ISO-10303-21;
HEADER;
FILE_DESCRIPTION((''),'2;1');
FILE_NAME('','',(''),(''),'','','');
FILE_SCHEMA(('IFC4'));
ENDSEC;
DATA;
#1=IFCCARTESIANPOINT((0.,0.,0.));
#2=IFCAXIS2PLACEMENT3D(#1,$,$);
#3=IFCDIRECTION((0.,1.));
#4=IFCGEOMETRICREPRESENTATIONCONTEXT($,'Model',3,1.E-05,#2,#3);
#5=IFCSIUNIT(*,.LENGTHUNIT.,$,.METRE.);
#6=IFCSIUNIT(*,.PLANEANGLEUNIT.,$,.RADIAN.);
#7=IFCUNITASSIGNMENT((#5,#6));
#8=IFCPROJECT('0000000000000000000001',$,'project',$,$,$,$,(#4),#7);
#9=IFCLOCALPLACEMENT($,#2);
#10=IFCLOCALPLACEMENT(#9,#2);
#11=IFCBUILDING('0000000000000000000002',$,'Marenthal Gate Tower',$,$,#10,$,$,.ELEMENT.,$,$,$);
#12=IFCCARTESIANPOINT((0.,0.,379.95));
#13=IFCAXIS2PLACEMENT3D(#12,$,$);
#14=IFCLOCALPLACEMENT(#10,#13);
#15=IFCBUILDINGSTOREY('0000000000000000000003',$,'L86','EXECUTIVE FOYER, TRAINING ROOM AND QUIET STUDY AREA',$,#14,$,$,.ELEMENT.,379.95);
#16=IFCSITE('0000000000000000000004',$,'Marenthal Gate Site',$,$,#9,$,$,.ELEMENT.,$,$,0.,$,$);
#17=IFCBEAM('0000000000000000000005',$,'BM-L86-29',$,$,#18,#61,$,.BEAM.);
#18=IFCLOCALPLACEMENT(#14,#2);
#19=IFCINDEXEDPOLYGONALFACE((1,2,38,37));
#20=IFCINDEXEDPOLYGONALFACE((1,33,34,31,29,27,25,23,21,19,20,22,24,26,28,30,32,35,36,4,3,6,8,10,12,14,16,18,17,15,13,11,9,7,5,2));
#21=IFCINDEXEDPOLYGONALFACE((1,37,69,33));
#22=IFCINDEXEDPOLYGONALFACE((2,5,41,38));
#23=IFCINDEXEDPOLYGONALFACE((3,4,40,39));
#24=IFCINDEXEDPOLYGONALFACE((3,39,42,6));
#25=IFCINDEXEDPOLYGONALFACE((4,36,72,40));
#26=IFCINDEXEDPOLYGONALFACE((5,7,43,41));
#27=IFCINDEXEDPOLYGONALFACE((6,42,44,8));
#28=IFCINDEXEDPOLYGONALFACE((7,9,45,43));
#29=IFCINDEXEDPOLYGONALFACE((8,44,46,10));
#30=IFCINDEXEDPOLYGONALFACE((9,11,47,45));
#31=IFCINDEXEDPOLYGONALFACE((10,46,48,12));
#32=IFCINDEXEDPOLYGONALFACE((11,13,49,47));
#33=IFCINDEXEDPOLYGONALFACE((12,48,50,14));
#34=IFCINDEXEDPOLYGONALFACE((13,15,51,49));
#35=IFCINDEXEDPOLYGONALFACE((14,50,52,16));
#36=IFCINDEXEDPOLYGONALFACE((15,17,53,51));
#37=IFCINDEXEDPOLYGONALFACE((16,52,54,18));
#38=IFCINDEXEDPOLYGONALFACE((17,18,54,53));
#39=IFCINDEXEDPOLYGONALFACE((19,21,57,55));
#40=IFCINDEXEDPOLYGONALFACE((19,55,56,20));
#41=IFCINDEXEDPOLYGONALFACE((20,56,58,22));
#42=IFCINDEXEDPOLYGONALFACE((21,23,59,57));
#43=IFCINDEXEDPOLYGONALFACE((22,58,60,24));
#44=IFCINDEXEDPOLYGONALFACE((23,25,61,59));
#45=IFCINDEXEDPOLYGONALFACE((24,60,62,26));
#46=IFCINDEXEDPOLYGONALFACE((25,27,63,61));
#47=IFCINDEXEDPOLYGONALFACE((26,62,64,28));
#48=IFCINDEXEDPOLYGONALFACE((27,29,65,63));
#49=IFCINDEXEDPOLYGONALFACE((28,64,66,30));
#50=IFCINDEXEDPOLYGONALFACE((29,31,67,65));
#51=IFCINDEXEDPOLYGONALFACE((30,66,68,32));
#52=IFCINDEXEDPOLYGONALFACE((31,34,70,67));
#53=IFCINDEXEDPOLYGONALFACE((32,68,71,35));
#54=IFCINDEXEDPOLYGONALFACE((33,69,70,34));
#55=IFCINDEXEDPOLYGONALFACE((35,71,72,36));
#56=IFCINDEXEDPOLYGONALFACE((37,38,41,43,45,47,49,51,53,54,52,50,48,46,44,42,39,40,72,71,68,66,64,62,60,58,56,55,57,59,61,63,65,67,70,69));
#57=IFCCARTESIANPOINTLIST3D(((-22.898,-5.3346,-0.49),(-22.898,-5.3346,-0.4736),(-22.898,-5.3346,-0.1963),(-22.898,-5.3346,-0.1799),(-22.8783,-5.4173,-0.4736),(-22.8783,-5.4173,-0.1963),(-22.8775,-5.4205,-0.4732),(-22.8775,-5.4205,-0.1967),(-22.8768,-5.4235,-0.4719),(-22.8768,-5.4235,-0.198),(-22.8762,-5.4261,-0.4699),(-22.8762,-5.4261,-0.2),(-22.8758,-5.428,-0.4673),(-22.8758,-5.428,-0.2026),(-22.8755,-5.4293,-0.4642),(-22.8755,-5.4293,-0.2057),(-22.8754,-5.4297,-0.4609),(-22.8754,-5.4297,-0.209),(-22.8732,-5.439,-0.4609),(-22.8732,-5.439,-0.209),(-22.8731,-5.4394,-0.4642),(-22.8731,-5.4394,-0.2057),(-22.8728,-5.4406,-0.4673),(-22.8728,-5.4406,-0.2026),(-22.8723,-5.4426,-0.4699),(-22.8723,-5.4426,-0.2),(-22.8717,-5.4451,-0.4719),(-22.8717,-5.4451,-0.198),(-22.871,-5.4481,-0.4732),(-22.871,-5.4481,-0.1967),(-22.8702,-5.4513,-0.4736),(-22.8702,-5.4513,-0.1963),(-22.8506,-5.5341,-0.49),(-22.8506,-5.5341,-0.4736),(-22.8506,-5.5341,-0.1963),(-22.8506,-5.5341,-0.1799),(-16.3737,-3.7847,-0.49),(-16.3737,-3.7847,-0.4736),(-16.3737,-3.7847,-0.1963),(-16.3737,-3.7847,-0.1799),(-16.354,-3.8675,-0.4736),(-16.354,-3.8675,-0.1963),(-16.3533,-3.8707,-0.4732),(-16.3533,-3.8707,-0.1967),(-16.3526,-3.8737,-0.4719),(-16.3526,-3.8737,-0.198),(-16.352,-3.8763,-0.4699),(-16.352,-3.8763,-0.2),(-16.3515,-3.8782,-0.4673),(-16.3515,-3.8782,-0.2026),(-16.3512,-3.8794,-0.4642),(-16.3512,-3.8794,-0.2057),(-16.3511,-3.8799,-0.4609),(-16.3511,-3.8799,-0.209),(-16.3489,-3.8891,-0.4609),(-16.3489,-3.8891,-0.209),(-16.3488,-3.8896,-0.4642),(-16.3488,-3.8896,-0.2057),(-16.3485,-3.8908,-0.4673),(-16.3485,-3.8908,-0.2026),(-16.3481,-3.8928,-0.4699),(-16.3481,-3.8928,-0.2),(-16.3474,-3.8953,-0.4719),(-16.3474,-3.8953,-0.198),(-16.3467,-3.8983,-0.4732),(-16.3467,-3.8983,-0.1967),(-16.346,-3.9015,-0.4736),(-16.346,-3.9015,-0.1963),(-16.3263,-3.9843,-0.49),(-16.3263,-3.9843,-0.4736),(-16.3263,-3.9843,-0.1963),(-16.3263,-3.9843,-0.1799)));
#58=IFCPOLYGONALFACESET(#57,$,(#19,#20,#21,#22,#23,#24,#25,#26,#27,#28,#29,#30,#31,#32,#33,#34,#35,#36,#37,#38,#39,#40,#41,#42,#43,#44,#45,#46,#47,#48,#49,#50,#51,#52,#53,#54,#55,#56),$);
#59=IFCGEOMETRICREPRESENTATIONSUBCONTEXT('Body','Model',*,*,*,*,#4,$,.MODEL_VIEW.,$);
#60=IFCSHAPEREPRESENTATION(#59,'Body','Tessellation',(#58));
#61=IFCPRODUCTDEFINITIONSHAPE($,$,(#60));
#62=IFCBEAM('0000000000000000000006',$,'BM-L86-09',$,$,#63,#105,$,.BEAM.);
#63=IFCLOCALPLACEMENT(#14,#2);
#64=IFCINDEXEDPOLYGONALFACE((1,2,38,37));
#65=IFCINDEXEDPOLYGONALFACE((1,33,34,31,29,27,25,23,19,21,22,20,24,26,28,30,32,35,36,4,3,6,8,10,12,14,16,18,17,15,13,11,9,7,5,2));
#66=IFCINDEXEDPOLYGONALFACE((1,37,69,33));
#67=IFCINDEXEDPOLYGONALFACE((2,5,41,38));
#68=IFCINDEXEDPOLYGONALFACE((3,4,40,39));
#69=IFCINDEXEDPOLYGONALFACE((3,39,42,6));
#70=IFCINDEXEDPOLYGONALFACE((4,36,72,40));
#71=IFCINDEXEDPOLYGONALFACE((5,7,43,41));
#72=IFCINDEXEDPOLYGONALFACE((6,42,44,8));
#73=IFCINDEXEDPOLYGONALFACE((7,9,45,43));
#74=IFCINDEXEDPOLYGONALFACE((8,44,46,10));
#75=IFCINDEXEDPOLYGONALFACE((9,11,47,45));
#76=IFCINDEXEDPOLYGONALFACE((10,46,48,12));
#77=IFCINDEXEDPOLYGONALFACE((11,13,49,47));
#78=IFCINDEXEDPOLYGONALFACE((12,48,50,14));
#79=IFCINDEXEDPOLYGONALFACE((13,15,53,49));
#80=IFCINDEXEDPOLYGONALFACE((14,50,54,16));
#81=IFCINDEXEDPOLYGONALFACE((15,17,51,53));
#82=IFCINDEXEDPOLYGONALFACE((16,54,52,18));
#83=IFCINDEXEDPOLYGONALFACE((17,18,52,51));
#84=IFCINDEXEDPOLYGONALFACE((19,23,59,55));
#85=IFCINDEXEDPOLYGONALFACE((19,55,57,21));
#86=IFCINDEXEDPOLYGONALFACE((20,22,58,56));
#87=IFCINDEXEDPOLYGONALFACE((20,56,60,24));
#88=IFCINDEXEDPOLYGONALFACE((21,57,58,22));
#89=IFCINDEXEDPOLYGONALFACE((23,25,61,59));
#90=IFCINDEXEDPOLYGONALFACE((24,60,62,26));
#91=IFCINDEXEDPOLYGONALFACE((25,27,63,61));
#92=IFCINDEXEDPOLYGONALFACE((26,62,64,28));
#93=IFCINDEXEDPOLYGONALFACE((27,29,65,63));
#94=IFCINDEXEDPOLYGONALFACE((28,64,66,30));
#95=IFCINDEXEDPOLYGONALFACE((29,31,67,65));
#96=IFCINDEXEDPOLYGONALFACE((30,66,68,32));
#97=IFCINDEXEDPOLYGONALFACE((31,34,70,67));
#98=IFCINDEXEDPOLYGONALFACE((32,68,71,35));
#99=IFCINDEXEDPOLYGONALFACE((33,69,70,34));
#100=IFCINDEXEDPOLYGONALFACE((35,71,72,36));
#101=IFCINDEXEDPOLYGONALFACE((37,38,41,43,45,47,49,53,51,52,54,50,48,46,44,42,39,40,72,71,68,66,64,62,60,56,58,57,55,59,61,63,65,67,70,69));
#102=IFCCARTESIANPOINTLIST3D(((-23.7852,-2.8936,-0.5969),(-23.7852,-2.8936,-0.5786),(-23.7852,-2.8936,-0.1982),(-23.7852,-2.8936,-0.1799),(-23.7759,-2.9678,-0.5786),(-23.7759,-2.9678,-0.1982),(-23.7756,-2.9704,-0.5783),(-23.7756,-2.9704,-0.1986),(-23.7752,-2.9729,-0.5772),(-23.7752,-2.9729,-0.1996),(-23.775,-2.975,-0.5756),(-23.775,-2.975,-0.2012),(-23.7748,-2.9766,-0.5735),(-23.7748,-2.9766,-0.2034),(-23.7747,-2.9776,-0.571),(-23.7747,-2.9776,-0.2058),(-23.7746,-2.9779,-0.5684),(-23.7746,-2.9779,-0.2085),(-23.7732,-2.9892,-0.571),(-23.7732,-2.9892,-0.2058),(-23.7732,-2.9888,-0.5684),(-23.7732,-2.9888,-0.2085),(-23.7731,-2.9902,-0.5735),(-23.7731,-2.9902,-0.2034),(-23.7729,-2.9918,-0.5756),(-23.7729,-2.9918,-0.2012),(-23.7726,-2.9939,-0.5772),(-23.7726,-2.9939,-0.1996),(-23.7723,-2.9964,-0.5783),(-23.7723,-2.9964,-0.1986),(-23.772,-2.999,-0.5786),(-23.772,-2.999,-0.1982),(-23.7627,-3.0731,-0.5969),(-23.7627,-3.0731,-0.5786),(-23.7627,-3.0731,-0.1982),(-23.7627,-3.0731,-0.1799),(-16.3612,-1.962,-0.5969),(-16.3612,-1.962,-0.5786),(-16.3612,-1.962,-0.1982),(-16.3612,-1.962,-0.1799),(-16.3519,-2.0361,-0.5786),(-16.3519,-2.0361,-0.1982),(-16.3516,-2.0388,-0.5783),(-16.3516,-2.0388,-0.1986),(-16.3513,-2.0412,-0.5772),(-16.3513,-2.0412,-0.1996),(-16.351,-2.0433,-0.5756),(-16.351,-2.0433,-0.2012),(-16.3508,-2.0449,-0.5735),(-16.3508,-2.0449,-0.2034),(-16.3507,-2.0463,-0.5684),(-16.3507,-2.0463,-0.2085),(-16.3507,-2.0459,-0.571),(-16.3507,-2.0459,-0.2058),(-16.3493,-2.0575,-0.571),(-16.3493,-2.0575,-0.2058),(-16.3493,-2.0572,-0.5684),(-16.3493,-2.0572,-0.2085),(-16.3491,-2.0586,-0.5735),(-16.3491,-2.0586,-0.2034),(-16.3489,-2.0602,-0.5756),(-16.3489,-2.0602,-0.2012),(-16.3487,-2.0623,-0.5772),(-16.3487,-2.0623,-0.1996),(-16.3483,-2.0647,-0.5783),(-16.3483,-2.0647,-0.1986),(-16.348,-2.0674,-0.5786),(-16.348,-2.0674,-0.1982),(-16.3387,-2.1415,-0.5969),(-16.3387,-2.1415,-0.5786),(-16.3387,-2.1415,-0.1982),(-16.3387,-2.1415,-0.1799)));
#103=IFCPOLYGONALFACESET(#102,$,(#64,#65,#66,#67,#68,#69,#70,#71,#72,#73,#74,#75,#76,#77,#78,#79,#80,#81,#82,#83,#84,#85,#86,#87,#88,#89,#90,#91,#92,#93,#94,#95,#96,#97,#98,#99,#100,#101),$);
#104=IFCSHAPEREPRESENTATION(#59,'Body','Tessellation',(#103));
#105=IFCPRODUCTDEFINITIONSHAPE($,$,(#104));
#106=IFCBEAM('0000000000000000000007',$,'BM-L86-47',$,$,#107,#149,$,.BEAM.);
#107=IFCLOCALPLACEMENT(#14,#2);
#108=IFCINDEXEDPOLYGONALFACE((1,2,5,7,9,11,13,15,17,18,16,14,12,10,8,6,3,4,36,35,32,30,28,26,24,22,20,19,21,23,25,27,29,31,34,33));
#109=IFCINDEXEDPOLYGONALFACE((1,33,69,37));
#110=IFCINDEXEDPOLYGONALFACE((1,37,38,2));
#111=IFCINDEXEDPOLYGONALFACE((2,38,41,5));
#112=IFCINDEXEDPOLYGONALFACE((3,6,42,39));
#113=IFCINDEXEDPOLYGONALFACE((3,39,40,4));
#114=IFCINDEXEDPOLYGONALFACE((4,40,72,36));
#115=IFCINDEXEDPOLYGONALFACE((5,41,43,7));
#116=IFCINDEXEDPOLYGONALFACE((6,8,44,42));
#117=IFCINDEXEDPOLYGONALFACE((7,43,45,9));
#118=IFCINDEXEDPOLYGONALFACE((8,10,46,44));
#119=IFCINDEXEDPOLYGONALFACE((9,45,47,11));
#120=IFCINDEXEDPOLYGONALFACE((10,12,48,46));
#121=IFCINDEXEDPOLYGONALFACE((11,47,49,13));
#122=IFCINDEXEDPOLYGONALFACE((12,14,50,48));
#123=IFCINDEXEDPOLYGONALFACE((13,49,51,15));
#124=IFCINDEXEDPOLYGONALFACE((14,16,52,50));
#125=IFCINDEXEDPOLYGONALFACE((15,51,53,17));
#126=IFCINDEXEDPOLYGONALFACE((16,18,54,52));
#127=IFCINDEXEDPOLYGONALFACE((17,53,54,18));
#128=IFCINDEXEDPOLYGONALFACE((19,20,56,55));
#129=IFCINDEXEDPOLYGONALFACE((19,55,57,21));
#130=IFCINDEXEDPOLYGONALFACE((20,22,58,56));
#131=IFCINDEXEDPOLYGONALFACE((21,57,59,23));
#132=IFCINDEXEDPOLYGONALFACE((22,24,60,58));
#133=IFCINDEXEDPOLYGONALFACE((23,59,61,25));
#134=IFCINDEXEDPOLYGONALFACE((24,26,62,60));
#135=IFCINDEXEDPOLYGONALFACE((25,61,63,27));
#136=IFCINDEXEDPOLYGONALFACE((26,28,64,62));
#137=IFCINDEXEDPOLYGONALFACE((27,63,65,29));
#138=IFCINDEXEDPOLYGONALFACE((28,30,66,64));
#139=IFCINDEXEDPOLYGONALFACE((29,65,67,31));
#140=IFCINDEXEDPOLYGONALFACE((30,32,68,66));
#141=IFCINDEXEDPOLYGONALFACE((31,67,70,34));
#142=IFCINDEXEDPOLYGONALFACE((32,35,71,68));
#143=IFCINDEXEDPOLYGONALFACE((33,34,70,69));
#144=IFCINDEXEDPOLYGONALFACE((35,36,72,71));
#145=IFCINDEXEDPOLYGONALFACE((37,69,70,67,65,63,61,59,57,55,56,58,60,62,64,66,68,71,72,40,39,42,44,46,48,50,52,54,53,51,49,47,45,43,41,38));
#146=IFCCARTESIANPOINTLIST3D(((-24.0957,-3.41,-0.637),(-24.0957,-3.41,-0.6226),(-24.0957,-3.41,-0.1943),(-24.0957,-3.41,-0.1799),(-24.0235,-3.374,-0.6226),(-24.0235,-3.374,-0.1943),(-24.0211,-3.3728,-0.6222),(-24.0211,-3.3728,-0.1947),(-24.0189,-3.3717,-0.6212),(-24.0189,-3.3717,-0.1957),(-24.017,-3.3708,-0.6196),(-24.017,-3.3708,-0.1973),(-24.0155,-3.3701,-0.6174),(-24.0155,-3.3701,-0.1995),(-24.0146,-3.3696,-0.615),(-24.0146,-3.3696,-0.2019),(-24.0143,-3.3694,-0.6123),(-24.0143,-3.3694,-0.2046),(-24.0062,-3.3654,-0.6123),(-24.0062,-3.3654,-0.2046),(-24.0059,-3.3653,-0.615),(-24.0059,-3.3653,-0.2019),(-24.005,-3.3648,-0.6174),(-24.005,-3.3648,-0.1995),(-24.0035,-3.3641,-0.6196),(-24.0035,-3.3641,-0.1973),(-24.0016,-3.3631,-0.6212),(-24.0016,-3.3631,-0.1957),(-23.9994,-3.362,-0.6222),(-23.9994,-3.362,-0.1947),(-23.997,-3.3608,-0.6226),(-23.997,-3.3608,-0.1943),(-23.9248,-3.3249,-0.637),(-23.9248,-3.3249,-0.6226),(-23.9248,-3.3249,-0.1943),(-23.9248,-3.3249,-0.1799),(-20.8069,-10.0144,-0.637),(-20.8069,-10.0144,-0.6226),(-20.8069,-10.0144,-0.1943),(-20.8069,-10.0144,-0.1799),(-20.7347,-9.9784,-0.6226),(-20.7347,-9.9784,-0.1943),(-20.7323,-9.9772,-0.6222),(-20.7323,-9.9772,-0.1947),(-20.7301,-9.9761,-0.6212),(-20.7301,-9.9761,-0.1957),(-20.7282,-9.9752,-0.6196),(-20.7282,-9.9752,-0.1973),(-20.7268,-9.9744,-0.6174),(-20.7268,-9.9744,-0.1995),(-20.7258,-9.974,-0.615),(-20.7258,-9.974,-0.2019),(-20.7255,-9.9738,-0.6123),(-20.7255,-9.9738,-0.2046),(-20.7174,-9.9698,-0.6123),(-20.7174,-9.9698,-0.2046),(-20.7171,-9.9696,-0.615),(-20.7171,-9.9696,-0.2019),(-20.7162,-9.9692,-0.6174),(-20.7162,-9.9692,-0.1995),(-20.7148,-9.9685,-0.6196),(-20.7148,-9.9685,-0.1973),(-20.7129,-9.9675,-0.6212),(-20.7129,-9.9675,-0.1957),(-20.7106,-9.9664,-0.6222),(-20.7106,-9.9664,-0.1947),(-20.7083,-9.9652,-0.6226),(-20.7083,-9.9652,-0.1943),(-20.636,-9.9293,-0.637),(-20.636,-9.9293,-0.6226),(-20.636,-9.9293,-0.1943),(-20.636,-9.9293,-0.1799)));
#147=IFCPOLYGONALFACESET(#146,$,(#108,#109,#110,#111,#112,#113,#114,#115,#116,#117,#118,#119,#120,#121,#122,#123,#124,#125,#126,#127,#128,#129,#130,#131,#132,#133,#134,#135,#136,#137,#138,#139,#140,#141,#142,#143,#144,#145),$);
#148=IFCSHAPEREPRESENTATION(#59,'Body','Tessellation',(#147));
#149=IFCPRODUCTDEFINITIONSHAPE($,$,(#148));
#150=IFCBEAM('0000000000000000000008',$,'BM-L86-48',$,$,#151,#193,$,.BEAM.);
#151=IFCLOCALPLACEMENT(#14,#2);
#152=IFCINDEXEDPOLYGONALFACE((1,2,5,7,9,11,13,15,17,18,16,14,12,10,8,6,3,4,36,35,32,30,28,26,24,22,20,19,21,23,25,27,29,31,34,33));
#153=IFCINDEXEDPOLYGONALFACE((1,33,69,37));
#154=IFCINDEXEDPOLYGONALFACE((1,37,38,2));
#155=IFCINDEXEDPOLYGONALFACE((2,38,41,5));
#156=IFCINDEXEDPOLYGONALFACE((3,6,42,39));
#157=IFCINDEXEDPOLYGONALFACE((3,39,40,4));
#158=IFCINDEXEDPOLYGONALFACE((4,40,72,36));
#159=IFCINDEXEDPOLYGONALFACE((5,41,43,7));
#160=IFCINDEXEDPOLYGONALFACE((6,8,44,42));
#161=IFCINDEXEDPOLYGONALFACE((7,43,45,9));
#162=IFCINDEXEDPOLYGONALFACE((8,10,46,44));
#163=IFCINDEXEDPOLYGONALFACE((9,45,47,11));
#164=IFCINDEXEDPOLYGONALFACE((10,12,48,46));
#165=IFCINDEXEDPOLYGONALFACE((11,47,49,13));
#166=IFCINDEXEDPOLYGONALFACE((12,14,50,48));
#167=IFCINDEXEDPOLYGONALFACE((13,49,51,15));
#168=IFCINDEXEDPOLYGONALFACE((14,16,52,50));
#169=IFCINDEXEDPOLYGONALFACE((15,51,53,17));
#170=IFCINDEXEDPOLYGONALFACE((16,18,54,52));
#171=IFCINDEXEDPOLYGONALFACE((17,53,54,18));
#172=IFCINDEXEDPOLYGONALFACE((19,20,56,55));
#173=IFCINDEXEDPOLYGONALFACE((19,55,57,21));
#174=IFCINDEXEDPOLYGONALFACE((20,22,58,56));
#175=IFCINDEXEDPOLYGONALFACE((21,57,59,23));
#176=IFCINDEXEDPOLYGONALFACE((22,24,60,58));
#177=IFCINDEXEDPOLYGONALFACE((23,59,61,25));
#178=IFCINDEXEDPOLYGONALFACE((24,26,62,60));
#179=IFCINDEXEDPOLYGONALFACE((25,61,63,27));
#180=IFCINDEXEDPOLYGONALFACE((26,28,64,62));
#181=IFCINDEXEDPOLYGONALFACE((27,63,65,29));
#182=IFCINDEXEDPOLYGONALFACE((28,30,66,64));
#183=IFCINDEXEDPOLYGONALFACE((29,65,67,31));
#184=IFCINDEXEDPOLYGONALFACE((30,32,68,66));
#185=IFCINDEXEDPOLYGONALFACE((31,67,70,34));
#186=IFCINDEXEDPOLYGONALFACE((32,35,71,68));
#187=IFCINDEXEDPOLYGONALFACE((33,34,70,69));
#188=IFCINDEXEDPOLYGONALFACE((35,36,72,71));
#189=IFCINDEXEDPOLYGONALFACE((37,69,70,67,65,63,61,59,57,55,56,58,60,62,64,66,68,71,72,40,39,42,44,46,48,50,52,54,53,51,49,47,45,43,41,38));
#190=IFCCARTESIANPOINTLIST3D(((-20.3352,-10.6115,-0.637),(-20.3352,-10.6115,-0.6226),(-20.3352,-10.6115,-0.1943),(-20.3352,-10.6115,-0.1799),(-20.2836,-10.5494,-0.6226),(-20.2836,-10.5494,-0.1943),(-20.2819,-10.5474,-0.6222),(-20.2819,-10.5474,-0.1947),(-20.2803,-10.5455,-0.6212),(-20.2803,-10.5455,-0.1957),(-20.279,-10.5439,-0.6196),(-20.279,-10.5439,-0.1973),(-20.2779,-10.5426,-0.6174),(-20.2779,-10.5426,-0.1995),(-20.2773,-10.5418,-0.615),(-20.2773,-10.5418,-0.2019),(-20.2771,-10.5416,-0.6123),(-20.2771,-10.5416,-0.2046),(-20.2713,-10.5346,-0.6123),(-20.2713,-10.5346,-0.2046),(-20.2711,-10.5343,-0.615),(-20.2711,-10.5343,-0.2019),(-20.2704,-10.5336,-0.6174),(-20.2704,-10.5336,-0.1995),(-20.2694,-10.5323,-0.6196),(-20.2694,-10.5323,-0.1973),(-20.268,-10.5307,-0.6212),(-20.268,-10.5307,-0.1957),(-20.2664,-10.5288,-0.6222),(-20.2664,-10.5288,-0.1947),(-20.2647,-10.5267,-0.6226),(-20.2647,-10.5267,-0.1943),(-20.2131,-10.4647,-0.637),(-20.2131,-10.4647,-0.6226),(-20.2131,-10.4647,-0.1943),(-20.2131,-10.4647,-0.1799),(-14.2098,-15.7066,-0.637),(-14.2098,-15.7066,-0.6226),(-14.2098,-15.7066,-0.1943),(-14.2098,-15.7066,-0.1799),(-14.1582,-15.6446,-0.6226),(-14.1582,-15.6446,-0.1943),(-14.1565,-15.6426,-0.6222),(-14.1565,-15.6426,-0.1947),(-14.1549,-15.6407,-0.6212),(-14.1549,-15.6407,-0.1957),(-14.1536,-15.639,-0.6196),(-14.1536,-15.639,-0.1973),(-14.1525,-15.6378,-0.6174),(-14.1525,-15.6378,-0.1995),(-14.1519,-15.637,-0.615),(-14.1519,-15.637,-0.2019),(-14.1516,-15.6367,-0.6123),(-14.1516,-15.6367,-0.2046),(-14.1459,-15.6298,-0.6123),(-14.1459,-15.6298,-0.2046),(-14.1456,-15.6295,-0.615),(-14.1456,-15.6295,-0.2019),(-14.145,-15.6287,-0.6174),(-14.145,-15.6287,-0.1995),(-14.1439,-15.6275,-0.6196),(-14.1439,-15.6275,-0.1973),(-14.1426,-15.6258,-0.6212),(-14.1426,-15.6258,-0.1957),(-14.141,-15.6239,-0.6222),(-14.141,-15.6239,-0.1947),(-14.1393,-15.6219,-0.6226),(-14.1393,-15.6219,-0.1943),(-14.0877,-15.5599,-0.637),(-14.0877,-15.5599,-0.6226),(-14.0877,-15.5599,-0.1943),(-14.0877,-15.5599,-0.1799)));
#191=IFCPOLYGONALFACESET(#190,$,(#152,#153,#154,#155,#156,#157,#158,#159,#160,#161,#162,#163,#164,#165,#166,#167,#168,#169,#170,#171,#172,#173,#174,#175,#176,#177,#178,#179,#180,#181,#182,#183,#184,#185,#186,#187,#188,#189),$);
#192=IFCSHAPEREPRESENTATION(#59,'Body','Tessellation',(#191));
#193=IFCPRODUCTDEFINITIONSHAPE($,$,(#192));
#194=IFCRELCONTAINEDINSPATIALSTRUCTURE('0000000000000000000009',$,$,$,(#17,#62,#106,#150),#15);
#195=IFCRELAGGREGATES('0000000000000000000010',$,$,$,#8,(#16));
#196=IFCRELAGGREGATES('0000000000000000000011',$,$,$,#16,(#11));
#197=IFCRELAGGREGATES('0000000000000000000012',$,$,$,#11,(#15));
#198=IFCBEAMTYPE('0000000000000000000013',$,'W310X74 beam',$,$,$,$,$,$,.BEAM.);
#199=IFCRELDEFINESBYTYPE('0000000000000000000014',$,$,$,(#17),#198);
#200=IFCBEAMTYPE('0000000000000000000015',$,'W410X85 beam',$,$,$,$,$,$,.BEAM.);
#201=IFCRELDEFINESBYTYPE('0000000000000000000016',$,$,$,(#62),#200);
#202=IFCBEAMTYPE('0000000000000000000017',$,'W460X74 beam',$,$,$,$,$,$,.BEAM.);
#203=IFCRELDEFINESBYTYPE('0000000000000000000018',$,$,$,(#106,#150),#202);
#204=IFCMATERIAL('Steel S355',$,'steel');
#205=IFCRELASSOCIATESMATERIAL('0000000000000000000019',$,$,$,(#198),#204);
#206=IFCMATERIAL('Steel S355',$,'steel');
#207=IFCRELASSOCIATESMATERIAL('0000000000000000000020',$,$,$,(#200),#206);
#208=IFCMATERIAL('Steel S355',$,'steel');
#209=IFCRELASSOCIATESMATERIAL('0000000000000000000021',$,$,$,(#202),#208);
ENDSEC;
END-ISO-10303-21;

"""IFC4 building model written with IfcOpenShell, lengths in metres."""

from ifc_helpers import new_model, si_unit, direction, frame, origin, origin_2d, place, context, subcontext, project, spatial, i_section, extrude, material, material_profile, profile_set, type_object, element, save


model = new_model("IFC4")

# Units and contexts
model_context = context("Model", 3, precision=1e-05, world=origin(), true_north=direction((0.0, 1.0)))
body_context = subcontext(model_context, "Body", "Model", "MODEL_VIEW")
ifc_project = project(units=[si_unit("LENGTHUNIT", "METRE"), si_unit("PLANEANGLEUNIT", "RADIAN")], contexts=[model_context])

# Site, building, storey
site_placement = place(None, origin())
site = spatial("IfcSite", under=ifc_project, at=site_placement, Name="Marenthal Gate Site", CompositionType="ELEMENT", RefElevation=0.0)
building_placement = place(site_placement, origin())
building = spatial("IfcBuilding", under=site, at=building_placement, Name="Marenthal Gate Tower", CompositionType="ELEMENT")
storey_placement = place(building_placement, frame((0.0, 0.0, 379.95)))
storey = spatial("IfcBuildingStorey", under=building, at=storey_placement, Name="L86", Description="EXECUTIVE FOYER, TRAINING ROOM AND QUIET STUDY AREA", CompositionType="ELEMENT", Elevation=379.95)

# Beams
ifc_material_1 = material(Name="Steel S355", Category="steel")
ifc_material_profile_1 = material_profile(ifc_material_1, i_section(OverallWidth=0.2051, OverallDepth=0.3101, WebThickness=0.0095, FlangeThickness=0.0164, FilletRadius=0.0127, at=origin_2d()), Name="W310X74")
ifc_profile_set_1 = profile_set([ifc_material_profile_1], Name="Steel S355")
beam_type_1 = type_object("IfcBeamType", Name="W310X74 beam", PredefinedType="BEAM", material=ifc_profile_set_1)
beam_1_placement = place(storey_placement, frame((-22.8743, -5.4343, -0.335), z_axis=(0.972926, 0.231117, 0.0), x_axis=(-0.231117, 0.972926, 0.0)))
element("IfcBeam", 1, at=beam_1_placement, inside=storey, type_object=beam_type_1, Name="BM-L86-29", PredefinedType="BEAM", context=body_context, shape_type="SweptSolid", body=[
    extrude(i_section(OverallWidth=0.2051, OverallDepth=0.3101, WebThickness=0.0095, FlangeThickness=0.0164, FilletRadius=0.0127, at=origin_2d()), origin(), (0.0, 0.0, 1.0), 6.7058),
])
ifc_material_2 = material(Name="Steel S355", Category="steel")
ifc_material_profile_2 = material_profile(ifc_material_2, i_section(OverallWidth=0.1809, OverallDepth=0.417, WebThickness=0.011, FlangeThickness=0.0183, FilletRadius=0.0103, at=origin_2d()), Name="W410X85")
ifc_profile_set_2 = profile_set([ifc_material_profile_2], Name="Steel S355")
beam_type_2 = type_object("IfcBeamType", Name="W410X85 beam", PredefinedType="BEAM", material=ifc_profile_set_2)
beam_2_placement = place(storey_placement, frame((-23.7739, -2.9834, -0.3884), z_axis=(0.992218, 0.124517, 0.0), x_axis=(-0.124517, 0.992218, 0.0)))
element("IfcBeam", 2, at=beam_2_placement, inside=storey, type_object=beam_type_2, Name="BM-L86-09", PredefinedType="BEAM", context=body_context, shape_type="SweptSolid", body=[
    extrude(i_section(OverallWidth=0.1809, OverallDepth=0.417, WebThickness=0.011, FlangeThickness=0.0183, FilletRadius=0.0103, at=origin_2d()), origin(), (0.0, 0.0, 1.0), 7.4822),
])
ifc_material_3 = material(Name="Steel S355", Category="steel")
ifc_material_profile_3 = material_profile(ifc_material_3, i_section(OverallWidth=0.1909, OverallDepth=0.457, WebThickness=0.009, FlangeThickness=0.0144, FilletRadius=0.0103, at=origin_2d()), Name="W460X74")
ifc_profile_set_3 = profile_set([ifc_material_profile_3], Name="Steel S355")
beam_type_3 = type_object("IfcBeamType", Name="W460X74 beam", PredefinedType="BEAM", material=ifc_profile_set_3)
beam_3_placement = place(storey_placement, frame((-24.0103, -3.3674, -0.4084), z_axis=(0.445757, -0.895154, 0.0), x_axis=(0.895154, 0.445757, 0.0)))
element("IfcBeam", 3, at=beam_3_placement, inside=storey, type_object=beam_type_3, Name="BM-L86-47", PredefinedType="BEAM", context=body_context, shape_type="SweptSolid", body=[
    extrude(i_section(OverallWidth=0.1909, OverallDepth=0.457, WebThickness=0.009, FlangeThickness=0.0144, FilletRadius=0.0103, at=origin_2d()), origin(), (0.0, 0.0, 1.0), 7.3779),
])
beam_4_placement = place(storey_placement, frame((-20.2742, -10.5381, -0.4084), z_axis=(0.768799, -0.639491, 0.0), x_axis=(0.639491, 0.768799, 0.0)))
element("IfcBeam", 4, at=beam_4_placement, inside=storey, type_object=beam_type_3, Name="BM-L86-48", PredefinedType="BEAM", context=body_context, shape_type="SweptSolid", body=[
    extrude(i_section(OverallWidth=0.1909, OverallDepth=0.457, WebThickness=0.009, FlangeThickness=0.0144, FilletRadius=0.0103, at=origin_2d()), origin(), (0.0, 0.0, 1.0), 7.9675),
])

save(model, "model.ifc")
